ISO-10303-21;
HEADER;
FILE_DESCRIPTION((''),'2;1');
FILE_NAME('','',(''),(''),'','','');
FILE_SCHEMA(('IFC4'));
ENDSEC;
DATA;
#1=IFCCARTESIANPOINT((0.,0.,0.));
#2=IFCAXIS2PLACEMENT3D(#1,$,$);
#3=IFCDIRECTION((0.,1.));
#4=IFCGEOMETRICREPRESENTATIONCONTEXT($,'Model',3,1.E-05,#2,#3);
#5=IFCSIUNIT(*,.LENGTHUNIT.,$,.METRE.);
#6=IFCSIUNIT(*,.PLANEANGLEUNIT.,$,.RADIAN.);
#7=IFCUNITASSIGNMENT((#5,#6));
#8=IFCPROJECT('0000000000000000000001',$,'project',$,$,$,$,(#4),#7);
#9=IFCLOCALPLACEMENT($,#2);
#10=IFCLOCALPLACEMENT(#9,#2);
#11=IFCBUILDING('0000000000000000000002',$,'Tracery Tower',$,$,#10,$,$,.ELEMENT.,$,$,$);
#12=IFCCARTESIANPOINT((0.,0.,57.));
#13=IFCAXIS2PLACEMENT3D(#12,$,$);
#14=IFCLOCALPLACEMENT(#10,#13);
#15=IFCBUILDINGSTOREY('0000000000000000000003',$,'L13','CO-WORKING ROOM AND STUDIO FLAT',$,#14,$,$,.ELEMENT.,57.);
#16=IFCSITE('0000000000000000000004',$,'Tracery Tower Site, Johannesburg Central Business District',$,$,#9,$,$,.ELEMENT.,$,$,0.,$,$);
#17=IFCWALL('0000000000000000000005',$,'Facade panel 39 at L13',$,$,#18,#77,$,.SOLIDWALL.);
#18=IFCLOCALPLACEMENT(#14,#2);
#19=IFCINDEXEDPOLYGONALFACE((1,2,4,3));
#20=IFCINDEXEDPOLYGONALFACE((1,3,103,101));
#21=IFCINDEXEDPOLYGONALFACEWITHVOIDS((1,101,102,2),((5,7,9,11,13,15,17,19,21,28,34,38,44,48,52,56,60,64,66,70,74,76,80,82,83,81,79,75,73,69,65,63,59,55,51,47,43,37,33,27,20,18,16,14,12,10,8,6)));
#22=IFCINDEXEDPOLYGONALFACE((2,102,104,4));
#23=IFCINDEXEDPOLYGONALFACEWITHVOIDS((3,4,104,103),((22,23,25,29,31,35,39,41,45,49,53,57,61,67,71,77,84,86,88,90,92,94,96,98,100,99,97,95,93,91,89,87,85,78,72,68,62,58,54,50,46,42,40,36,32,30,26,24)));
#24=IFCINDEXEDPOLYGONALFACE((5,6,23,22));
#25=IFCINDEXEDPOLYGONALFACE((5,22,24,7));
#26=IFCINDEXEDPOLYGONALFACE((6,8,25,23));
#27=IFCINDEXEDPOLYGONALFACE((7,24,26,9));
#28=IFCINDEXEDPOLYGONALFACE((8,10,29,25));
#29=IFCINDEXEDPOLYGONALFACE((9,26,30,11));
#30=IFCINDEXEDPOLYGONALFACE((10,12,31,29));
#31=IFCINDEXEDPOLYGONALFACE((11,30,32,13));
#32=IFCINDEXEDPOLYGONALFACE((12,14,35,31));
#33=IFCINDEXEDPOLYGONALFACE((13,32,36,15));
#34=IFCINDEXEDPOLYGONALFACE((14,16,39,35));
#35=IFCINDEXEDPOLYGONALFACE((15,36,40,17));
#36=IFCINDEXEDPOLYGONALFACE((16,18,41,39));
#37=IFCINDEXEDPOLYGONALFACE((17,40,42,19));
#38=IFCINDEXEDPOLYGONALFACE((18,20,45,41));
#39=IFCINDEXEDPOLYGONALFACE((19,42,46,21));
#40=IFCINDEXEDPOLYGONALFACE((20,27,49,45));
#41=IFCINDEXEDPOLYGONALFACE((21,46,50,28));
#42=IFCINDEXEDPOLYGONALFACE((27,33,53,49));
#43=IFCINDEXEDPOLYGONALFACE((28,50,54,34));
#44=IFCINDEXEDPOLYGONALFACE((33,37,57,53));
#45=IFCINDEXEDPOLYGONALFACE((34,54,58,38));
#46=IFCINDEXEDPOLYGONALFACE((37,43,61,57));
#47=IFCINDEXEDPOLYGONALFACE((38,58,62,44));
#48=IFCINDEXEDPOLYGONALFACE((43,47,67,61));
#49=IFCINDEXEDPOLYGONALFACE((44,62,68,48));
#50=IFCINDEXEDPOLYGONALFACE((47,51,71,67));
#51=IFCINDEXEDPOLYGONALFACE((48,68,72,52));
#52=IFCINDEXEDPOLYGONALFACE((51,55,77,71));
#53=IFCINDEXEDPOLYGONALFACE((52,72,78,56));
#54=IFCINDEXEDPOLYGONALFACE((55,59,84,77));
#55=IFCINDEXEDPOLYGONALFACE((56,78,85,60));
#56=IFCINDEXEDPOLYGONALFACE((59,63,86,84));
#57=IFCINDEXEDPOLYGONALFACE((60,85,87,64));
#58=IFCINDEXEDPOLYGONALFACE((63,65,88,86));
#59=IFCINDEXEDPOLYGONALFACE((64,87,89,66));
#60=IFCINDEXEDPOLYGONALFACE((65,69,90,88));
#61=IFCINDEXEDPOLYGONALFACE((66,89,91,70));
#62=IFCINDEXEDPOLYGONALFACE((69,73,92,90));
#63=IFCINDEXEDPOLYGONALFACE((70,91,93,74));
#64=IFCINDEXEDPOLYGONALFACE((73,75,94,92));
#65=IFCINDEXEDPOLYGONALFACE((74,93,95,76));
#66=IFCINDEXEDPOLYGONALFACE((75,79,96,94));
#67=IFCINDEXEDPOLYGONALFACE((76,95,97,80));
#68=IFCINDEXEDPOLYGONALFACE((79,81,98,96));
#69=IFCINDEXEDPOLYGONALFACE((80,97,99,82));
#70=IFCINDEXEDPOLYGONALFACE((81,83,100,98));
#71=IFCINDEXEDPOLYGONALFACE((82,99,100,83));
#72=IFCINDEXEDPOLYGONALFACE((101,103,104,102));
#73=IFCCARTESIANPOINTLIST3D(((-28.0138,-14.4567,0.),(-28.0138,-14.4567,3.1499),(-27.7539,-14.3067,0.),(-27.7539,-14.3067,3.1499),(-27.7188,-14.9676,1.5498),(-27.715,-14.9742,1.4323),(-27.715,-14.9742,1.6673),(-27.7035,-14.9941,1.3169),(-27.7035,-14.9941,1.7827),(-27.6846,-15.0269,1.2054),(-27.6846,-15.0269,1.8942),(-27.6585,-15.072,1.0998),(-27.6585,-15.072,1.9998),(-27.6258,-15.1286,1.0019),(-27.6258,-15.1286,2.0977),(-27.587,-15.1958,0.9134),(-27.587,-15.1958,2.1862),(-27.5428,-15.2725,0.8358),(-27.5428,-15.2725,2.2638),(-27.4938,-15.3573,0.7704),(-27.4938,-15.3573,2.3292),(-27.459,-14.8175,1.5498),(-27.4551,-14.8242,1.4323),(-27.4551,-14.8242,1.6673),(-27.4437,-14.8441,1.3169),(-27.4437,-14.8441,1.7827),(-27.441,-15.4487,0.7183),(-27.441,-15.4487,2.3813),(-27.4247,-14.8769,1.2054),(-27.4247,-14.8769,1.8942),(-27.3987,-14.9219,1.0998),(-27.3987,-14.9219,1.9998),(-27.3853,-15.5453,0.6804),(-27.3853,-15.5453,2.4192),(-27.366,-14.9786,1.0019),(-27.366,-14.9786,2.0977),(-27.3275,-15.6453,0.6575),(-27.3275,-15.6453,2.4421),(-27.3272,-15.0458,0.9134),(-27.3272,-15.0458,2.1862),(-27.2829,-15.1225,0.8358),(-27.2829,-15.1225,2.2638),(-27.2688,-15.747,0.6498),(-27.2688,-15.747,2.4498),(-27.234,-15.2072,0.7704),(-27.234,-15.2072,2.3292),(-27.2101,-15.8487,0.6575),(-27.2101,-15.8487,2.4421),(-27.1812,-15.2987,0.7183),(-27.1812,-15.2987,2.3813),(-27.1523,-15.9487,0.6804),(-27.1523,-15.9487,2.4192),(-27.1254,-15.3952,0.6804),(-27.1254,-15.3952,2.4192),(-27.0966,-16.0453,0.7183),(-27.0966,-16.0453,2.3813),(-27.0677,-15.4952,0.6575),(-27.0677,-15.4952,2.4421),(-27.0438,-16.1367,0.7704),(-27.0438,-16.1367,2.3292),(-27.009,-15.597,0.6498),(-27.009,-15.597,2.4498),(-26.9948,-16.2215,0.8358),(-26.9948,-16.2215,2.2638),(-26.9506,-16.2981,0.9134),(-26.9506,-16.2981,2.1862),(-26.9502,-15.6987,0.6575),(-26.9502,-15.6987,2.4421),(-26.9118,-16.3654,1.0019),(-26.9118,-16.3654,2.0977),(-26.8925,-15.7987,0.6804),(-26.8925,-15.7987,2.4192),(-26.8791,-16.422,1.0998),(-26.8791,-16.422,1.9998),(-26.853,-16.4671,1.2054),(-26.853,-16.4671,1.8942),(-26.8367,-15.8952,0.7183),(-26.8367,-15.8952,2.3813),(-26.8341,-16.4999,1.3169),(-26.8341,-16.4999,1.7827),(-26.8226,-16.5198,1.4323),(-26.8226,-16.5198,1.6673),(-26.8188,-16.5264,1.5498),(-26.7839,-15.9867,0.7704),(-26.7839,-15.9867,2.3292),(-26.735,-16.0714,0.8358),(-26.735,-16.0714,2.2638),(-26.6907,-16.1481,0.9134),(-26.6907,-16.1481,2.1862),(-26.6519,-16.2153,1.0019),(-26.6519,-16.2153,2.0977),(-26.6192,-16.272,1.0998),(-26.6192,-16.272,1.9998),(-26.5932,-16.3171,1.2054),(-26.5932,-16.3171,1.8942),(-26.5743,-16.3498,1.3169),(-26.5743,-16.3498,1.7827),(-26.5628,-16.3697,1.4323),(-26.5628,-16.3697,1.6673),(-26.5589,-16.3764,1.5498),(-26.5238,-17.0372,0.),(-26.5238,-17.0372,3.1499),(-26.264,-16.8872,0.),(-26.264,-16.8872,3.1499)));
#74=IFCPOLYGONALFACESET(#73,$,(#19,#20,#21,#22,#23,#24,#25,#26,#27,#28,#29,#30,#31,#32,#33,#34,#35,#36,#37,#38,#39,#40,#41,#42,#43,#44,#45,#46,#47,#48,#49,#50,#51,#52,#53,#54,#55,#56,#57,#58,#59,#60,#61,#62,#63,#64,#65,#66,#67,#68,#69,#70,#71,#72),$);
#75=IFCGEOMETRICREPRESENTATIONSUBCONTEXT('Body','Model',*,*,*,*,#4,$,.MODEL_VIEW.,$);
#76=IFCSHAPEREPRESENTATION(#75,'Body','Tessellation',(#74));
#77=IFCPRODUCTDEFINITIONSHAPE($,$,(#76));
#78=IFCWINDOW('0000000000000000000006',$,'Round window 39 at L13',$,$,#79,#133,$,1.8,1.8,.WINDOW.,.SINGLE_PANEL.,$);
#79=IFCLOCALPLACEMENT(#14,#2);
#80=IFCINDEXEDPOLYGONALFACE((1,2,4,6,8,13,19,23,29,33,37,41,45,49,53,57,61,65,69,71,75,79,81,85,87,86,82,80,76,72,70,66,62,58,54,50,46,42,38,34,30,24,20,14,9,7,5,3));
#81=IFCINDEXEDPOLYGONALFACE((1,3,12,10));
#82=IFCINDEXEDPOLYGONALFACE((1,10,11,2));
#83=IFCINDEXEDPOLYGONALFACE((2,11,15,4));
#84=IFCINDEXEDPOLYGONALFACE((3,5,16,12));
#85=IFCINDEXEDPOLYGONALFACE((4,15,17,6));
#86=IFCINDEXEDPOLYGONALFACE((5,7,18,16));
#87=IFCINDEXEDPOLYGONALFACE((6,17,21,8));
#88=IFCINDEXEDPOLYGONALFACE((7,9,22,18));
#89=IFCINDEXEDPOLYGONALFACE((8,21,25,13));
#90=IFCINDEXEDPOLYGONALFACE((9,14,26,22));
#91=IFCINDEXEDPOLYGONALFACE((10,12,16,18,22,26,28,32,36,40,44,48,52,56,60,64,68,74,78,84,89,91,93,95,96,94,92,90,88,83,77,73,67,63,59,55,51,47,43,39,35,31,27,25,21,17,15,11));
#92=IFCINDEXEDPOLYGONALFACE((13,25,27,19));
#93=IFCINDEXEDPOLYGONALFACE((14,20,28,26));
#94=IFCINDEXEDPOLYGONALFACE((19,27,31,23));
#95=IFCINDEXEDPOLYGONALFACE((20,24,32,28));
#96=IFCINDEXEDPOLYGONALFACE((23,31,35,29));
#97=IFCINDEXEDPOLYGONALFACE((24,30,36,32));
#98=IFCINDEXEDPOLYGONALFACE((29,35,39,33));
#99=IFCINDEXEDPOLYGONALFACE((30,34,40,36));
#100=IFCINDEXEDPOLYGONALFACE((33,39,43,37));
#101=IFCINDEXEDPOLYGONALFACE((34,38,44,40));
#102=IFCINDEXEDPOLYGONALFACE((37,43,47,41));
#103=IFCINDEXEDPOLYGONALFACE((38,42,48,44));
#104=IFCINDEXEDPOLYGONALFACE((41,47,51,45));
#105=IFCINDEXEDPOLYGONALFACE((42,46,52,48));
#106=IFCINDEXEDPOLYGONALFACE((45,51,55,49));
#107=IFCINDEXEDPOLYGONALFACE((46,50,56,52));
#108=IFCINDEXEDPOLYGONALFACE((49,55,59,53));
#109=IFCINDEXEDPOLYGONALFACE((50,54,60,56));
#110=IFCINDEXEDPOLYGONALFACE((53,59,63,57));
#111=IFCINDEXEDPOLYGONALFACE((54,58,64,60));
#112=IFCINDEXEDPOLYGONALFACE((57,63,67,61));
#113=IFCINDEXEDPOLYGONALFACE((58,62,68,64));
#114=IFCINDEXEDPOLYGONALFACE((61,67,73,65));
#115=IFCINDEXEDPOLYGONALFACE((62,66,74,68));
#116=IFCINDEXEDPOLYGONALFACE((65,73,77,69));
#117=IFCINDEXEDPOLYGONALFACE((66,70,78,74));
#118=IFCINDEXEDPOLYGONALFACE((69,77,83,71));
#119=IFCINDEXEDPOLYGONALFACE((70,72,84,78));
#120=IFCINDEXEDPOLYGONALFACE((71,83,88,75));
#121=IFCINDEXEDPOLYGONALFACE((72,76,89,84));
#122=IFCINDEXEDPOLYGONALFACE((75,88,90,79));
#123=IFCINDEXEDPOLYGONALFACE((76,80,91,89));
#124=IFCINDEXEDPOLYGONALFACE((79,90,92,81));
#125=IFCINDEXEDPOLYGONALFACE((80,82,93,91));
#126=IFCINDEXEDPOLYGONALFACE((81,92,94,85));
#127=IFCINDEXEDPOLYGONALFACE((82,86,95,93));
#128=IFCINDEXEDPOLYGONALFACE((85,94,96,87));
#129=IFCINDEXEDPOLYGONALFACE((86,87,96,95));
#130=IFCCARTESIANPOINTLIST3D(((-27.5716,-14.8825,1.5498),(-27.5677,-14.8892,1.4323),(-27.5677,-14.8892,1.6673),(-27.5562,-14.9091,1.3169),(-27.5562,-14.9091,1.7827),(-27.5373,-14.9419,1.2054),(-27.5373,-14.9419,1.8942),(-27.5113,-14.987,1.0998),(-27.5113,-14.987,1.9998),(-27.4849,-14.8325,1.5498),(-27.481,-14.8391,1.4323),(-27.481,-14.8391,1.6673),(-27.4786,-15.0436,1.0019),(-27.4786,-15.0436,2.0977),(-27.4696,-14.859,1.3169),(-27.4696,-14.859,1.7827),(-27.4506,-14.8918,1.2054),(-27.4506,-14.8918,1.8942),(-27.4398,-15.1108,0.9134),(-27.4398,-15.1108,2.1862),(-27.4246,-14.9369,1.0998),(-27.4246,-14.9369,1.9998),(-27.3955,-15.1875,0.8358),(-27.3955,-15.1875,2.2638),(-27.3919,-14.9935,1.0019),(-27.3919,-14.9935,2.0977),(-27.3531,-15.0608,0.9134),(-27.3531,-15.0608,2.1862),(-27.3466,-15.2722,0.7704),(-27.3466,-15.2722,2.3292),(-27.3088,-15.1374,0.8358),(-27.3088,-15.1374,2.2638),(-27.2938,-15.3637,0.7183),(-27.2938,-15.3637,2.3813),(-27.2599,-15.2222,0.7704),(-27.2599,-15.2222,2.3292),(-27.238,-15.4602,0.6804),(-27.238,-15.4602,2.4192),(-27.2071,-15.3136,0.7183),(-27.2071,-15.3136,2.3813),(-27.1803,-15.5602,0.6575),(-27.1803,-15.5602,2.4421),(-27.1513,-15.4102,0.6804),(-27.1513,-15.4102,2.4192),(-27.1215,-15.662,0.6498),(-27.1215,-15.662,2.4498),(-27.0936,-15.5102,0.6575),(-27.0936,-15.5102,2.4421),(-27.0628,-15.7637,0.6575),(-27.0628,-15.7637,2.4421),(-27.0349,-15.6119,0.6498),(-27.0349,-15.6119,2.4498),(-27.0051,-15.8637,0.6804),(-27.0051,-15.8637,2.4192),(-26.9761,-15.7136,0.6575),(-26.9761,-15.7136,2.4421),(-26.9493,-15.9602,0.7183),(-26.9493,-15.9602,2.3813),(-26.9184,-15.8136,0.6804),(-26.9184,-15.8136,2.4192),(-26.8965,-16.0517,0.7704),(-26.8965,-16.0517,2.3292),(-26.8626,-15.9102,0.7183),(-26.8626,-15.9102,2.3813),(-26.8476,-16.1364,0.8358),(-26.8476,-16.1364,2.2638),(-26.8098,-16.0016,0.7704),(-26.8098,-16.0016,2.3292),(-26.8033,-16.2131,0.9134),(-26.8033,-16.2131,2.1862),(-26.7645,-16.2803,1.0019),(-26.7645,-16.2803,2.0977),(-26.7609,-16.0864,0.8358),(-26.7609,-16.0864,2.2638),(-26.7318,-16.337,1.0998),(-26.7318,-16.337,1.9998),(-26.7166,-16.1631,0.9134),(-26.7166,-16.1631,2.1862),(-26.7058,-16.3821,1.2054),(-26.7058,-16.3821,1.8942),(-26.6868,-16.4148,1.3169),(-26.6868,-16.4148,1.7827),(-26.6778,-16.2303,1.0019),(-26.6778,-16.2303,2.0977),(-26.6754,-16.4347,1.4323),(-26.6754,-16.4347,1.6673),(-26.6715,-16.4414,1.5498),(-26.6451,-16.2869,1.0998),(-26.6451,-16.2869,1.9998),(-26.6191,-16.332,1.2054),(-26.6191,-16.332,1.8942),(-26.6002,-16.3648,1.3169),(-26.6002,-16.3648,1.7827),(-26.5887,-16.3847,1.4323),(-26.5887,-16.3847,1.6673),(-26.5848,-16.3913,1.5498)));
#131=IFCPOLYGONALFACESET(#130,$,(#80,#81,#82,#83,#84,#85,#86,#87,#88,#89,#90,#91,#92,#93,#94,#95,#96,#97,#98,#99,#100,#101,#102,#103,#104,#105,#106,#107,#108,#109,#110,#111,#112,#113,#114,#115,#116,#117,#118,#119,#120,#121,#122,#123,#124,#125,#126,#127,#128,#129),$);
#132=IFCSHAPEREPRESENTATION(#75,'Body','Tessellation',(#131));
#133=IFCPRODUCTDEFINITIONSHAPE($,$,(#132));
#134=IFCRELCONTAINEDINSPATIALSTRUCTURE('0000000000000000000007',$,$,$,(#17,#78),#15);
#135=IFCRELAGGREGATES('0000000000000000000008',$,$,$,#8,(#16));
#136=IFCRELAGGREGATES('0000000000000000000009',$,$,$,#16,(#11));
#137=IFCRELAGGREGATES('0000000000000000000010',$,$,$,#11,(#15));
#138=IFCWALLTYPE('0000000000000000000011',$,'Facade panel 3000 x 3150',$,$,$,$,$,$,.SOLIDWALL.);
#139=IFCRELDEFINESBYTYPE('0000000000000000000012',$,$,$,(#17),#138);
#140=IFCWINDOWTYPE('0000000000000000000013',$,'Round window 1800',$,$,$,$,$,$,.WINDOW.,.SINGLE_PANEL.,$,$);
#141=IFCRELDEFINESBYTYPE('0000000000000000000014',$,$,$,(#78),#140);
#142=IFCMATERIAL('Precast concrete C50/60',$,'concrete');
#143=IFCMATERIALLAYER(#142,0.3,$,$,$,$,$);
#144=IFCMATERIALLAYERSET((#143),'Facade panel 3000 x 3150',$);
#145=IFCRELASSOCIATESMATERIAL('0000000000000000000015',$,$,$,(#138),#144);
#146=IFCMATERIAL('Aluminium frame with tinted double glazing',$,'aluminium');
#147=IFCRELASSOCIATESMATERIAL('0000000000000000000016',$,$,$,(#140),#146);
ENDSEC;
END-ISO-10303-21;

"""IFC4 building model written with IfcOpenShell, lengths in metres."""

from ifc_helpers import new_model, si_unit, direction, frame, frame_2d, origin, origin_2d, place, context, subcontext, project, spatial, rectangle, circle, extrude, material, layer, layer_set, type_object, element, fill, save


model = new_model("IFC4")

# Units and contexts
model_context = context("Model", 3, precision=1e-05, world=origin(), true_north=direction((0.0, 1.0)))
body_context = subcontext(model_context, "Body", "Model", "MODEL_VIEW")
ifc_project = project(units=[si_unit("LENGTHUNIT", "METRE"), si_unit("PLANEANGLEUNIT", "RADIAN")], contexts=[model_context])

# Site, building, storey
site_placement = place(None, origin())
site = spatial("IfcSite", under=ifc_project, at=site_placement, Name="Tracery Tower Site, Johannesburg Central Business District", CompositionType="ELEMENT", RefElevation=0.0)
building_placement = place(site_placement, origin())
building = spatial("IfcBuilding", under=site, at=building_placement, Name="Tracery Tower", CompositionType="ELEMENT")
storey_placement = place(building_placement, frame((0.0, 0.0, 57.0)))
storey = spatial("IfcBuildingStorey", under=building, at=storey_placement, Name="L13", Description="CO-WORKING ROOM AND STUDIO FLAT", CompositionType="ELEMENT", Elevation=57.0)

# Wall, opening, window
ifc_material_1 = material(Name="Precast concrete C50/60", Category="concrete")
ifc_layer_1 = layer(ifc_material_1, 0.3)
ifc_layer_set_1 = layer_set([ifc_layer_1], Name="Facade panel 3000 x 3150")
wall_type_1 = type_object("IfcWallType", Name="Facade panel 3000 x 3150", PredefinedType="SOLIDWALL", material=ifc_layer_set_1)
wall_1_placement = place(storey_placement, frame((-27.8838, -14.3818, 0.0), z_axis=(0.0, 0.0, 1.0), x_axis=(0.500025, -0.866011, 0.0)))
wall_1 = element("IfcWall", 1, at=wall_1_placement, inside=storey, type_object=wall_type_1, Name="Facade panel 39 at L13", PredefinedType="SOLIDWALL", context=body_context, shape_type="SweptSolid", body=[
    extrude(rectangle(XDim=2.9797, YDim=0.3, at=frame_2d((1.4897, 0.0))), origin(), (0.0, 0.0, 1.0), 3.1499),
])
opening_1_placement = place(wall_1_placement, frame((1.4897, 0.0, 1.5498)))
opening_1 = element("IfcOpeningElement", 2, at=opening_1_placement, cuts=wall_1, PredefinedType="OPENING", context=body_context, shape_type="SweptSolid", body=[
    extrude(circle(Radius=0.9, at=origin_2d()), frame((0.0, 0.1599, 0.0), z_axis=(0.0, -1.0, 0.0), x_axis=(1.0, 0.0, 0.0)), (0.0, 0.0, 1.0), 0.3201),
])
ifc_material_2 = material(Name="Aluminium frame with tinted double glazing", Category="aluminium")
window_type = type_object("IfcWindowType", Name="Round window 1800", PartitioningType="SINGLE_PANEL", PredefinedType="WINDOW", material=ifc_material_2)
window_1_placement = place(opening_1_placement, origin())
window_1 = element("IfcWindow", 3, at=window_1_placement, inside=storey, type_object=window_type, Name="Round window 39 at L13", OverallHeight=1.8, OverallWidth=1.8, PartitioningType="SINGLE_PANEL", PredefinedType="WINDOW", context=body_context, shape_type="SweptSolid", body=[
    extrude(circle(Radius=0.9, at=origin_2d()), frame((0.0, 0.1201, 0.0), z_axis=(0.0, -1.0, 0.0), x_axis=(1.0, 0.0, 0.0)), (0.0, 0.0, 1.0), 0.1001),
])
fill(opening_1, window_1)

save(model, "model.ifc")
